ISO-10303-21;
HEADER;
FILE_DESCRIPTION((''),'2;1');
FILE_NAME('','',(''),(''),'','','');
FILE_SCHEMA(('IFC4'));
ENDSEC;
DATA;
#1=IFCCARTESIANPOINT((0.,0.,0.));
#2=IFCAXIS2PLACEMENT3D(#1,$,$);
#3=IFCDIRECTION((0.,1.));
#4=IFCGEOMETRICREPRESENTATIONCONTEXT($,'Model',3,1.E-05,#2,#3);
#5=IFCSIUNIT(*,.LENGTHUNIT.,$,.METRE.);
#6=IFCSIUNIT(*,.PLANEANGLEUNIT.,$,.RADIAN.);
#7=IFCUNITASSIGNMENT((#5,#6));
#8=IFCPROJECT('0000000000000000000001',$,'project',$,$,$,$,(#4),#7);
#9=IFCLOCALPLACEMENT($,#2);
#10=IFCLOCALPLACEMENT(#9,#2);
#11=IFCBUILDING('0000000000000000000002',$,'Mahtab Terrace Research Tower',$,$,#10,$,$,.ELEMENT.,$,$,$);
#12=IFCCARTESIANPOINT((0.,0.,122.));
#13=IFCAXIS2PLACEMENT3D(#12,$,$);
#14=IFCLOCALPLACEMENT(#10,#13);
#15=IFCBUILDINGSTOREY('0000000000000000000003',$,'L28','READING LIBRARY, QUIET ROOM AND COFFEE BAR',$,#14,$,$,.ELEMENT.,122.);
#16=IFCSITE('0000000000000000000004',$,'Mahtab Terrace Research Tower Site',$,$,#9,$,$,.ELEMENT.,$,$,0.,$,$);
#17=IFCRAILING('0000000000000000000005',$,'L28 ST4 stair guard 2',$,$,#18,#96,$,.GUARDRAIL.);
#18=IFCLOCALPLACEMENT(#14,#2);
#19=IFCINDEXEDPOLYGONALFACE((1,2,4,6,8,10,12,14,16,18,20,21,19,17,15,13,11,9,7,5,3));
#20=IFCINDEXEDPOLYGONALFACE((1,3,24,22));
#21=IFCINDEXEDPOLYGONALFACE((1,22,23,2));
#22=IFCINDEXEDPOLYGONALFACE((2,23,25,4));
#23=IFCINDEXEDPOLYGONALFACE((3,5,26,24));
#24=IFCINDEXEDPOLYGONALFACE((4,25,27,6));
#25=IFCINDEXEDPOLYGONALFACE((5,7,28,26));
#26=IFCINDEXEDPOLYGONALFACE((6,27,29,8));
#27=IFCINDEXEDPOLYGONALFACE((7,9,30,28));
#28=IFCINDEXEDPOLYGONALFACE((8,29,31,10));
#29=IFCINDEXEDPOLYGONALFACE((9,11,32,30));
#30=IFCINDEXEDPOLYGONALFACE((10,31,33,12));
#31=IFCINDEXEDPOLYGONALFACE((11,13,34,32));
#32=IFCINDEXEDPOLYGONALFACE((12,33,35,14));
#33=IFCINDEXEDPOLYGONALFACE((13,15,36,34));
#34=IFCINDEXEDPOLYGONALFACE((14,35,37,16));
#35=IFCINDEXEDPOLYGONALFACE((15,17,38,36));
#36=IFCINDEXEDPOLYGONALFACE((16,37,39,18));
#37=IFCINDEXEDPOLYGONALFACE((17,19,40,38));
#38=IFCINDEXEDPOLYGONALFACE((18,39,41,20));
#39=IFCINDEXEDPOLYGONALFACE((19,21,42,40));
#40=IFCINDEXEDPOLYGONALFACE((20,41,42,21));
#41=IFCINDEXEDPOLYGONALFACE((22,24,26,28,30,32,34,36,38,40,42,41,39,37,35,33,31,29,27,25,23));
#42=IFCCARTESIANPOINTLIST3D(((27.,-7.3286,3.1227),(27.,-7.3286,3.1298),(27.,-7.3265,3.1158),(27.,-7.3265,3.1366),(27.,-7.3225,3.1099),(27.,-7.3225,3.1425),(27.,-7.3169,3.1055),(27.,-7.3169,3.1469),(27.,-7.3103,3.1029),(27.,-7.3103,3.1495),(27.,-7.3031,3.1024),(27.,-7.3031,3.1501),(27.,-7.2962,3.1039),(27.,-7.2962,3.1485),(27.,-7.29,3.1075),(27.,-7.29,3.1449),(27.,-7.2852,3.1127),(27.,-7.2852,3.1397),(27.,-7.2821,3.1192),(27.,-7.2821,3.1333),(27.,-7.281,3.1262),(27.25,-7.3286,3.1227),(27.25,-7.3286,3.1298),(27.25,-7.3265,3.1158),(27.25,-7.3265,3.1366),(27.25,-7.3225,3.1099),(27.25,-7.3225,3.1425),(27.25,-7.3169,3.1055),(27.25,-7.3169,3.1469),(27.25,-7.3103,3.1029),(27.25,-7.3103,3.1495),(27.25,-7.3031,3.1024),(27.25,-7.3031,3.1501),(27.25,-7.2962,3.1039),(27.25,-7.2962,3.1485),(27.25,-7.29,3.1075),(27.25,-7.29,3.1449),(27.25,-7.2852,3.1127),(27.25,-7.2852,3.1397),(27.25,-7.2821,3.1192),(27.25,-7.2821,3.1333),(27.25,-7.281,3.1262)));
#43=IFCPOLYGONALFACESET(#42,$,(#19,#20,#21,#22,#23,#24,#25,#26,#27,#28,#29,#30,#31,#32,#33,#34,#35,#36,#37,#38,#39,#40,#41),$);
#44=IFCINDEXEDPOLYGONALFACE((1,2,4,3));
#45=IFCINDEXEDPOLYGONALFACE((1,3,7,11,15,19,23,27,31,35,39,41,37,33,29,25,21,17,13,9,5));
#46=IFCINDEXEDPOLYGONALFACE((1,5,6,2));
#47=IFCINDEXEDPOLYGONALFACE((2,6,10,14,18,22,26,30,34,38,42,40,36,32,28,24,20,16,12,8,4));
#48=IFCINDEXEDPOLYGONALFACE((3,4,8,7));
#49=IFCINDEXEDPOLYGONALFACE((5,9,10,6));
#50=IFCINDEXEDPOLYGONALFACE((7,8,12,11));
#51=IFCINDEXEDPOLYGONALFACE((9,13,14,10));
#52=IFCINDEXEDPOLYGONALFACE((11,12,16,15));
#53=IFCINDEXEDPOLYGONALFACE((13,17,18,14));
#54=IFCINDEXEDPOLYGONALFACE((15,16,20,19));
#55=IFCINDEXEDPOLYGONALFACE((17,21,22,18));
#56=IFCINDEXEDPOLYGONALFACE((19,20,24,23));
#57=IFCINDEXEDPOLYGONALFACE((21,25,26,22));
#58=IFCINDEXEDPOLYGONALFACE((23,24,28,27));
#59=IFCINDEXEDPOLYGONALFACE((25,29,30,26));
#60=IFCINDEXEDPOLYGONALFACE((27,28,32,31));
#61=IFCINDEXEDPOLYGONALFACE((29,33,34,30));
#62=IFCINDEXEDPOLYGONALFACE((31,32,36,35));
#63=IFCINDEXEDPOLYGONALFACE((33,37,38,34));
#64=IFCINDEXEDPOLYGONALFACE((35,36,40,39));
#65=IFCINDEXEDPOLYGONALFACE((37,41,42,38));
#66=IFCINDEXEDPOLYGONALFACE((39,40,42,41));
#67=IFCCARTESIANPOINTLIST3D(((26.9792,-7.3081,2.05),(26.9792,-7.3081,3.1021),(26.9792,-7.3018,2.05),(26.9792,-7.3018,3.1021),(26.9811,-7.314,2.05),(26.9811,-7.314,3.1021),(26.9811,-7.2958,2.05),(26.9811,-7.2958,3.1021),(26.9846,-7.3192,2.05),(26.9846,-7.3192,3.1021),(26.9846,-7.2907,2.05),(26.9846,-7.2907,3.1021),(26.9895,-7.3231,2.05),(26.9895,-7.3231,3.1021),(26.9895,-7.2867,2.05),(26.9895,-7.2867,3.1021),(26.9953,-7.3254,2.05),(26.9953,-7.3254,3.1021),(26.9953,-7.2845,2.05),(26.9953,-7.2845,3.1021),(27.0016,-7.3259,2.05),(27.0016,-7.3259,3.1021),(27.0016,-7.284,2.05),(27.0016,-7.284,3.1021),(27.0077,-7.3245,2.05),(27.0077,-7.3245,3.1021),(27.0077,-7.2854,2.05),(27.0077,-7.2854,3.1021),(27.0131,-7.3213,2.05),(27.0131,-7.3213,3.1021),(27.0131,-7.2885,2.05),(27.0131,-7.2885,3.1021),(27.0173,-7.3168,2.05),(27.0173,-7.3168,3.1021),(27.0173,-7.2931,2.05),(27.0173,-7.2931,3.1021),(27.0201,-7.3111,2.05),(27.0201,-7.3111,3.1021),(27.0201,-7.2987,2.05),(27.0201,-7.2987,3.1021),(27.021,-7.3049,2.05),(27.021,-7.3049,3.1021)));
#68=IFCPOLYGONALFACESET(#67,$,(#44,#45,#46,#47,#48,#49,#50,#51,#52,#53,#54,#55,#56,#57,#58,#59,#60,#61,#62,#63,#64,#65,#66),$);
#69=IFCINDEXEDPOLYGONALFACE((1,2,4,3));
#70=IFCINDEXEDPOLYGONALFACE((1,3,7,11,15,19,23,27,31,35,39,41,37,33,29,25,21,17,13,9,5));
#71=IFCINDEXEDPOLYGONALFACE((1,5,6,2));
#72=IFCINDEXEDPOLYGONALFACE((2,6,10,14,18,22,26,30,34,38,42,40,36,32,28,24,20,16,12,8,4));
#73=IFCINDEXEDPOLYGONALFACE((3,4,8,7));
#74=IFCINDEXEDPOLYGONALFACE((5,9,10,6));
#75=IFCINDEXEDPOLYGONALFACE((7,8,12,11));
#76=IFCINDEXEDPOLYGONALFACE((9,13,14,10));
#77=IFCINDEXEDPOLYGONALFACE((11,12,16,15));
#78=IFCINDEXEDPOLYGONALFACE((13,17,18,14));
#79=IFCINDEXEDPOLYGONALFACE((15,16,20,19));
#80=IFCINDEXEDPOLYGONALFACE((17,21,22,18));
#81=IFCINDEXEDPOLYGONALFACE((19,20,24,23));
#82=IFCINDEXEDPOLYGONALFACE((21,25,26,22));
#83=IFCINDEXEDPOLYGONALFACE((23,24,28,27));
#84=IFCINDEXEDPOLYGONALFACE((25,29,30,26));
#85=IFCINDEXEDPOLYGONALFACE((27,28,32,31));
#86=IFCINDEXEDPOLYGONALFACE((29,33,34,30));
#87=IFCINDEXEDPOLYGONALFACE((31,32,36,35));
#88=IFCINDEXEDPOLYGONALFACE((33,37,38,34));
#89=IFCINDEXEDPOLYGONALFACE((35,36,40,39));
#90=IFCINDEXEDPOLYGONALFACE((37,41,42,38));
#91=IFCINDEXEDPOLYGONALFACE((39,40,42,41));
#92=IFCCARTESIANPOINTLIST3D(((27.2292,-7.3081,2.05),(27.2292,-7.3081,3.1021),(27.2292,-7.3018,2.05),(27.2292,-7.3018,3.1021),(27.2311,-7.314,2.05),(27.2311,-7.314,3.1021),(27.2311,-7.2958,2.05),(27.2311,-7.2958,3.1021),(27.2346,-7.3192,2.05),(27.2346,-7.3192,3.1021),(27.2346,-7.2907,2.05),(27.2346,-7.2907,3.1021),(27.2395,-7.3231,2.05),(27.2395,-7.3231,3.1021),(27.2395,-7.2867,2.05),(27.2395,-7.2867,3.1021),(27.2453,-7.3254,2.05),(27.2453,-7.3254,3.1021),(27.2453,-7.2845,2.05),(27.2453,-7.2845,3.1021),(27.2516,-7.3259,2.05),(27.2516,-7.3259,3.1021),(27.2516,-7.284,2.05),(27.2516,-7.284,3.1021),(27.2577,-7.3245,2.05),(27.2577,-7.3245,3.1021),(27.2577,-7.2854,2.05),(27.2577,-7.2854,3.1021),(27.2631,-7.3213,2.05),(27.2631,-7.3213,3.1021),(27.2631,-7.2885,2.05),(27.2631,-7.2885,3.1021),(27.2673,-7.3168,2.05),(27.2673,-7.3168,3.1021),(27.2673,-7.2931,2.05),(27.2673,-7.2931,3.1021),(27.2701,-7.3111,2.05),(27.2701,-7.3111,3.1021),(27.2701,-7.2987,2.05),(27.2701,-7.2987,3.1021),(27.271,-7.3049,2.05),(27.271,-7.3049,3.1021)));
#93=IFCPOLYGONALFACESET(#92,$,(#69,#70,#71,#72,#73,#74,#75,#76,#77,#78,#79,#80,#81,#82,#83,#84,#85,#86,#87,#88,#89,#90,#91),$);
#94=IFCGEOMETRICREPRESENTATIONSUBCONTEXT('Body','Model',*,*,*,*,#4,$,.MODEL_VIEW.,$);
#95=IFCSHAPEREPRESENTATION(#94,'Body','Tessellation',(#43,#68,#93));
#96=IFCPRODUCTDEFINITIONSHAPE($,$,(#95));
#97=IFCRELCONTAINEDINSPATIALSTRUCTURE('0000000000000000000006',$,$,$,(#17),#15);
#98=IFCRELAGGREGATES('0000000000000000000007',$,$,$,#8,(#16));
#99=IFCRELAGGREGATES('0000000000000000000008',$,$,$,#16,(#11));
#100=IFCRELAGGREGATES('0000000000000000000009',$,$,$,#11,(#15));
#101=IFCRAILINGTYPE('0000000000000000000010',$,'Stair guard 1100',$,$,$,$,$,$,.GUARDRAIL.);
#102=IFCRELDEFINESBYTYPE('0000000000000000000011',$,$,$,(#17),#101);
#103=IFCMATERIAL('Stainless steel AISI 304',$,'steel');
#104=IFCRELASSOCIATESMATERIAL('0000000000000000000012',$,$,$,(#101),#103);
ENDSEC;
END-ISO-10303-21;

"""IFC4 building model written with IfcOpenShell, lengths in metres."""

from ifc_helpers import new_model, si_unit, direction, frame, origin, origin_2d, place, context, subcontext, project, spatial, circle, extrude, material, type_object, element, save


model = new_model("IFC4")

# Units and contexts
model_context = context("Model", 3, precision=1e-05, world=origin(), true_north=direction((0.0, 1.0)))
body_context = subcontext(model_context, "Body", "Model", "MODEL_VIEW")
ifc_project = project(units=[si_unit("LENGTHUNIT", "METRE"), si_unit("PLANEANGLEUNIT", "RADIAN")], contexts=[model_context])

# Site, building, storey
site_placement = place(None, origin())
site = spatial("IfcSite", under=ifc_project, at=site_placement, Name="Mahtab Terrace Research Tower Site", CompositionType="ELEMENT", RefElevation=0.0)
building_placement = place(site_placement, origin())
building = spatial("IfcBuilding", under=site, at=building_placement, Name="Mahtab Terrace Research Tower", CompositionType="ELEMENT")
storey_placement = place(building_placement, frame((0.0, 0.0, 122.0)))
storey = spatial("IfcBuildingStorey", under=building, at=storey_placement, Name="L28", Description="READING LIBRARY, QUIET ROOM AND COFFEE BAR", CompositionType="ELEMENT", Elevation=122.0)

# Shared definitions
ifc_material_1 = material(Name="Stainless steel AISI 304", Category="steel")

# Railing
railing_type = type_object("IfcRailingType", Name="Stair guard 1100", PredefinedType="GUARDRAIL", material=ifc_material_1)
railing_1_placement = place(storey_placement, frame((27.0, -7.3049, 2.05)))
element("IfcRailing", 1, at=railing_1_placement, inside=storey, type_object=railing_type, Name="L28 ST4 stair guard 2", PredefinedType="GUARDRAIL", context=body_context, shape_type="SweptSolid", body=[
    extrude(circle(Radius=0.0239, at=origin_2d()), frame((0.0, 0.0, 1.0762), z_axis=(1.0, 0.0, 0.0), x_axis=(0.0, 1.0, 0.0)), (0.0, 0.0, 1.0), 0.25),
    extrude(circle(Radius=0.021, at=origin_2d()), origin(), (0.0, 0.0, 1.0), 1.052),
    extrude(circle(Radius=0.021, at=origin_2d()), frame((0.25, 0.0, 0.0)), (0.0, 0.0, 1.0), 1.052),
])

save(model, "model.ifc")
